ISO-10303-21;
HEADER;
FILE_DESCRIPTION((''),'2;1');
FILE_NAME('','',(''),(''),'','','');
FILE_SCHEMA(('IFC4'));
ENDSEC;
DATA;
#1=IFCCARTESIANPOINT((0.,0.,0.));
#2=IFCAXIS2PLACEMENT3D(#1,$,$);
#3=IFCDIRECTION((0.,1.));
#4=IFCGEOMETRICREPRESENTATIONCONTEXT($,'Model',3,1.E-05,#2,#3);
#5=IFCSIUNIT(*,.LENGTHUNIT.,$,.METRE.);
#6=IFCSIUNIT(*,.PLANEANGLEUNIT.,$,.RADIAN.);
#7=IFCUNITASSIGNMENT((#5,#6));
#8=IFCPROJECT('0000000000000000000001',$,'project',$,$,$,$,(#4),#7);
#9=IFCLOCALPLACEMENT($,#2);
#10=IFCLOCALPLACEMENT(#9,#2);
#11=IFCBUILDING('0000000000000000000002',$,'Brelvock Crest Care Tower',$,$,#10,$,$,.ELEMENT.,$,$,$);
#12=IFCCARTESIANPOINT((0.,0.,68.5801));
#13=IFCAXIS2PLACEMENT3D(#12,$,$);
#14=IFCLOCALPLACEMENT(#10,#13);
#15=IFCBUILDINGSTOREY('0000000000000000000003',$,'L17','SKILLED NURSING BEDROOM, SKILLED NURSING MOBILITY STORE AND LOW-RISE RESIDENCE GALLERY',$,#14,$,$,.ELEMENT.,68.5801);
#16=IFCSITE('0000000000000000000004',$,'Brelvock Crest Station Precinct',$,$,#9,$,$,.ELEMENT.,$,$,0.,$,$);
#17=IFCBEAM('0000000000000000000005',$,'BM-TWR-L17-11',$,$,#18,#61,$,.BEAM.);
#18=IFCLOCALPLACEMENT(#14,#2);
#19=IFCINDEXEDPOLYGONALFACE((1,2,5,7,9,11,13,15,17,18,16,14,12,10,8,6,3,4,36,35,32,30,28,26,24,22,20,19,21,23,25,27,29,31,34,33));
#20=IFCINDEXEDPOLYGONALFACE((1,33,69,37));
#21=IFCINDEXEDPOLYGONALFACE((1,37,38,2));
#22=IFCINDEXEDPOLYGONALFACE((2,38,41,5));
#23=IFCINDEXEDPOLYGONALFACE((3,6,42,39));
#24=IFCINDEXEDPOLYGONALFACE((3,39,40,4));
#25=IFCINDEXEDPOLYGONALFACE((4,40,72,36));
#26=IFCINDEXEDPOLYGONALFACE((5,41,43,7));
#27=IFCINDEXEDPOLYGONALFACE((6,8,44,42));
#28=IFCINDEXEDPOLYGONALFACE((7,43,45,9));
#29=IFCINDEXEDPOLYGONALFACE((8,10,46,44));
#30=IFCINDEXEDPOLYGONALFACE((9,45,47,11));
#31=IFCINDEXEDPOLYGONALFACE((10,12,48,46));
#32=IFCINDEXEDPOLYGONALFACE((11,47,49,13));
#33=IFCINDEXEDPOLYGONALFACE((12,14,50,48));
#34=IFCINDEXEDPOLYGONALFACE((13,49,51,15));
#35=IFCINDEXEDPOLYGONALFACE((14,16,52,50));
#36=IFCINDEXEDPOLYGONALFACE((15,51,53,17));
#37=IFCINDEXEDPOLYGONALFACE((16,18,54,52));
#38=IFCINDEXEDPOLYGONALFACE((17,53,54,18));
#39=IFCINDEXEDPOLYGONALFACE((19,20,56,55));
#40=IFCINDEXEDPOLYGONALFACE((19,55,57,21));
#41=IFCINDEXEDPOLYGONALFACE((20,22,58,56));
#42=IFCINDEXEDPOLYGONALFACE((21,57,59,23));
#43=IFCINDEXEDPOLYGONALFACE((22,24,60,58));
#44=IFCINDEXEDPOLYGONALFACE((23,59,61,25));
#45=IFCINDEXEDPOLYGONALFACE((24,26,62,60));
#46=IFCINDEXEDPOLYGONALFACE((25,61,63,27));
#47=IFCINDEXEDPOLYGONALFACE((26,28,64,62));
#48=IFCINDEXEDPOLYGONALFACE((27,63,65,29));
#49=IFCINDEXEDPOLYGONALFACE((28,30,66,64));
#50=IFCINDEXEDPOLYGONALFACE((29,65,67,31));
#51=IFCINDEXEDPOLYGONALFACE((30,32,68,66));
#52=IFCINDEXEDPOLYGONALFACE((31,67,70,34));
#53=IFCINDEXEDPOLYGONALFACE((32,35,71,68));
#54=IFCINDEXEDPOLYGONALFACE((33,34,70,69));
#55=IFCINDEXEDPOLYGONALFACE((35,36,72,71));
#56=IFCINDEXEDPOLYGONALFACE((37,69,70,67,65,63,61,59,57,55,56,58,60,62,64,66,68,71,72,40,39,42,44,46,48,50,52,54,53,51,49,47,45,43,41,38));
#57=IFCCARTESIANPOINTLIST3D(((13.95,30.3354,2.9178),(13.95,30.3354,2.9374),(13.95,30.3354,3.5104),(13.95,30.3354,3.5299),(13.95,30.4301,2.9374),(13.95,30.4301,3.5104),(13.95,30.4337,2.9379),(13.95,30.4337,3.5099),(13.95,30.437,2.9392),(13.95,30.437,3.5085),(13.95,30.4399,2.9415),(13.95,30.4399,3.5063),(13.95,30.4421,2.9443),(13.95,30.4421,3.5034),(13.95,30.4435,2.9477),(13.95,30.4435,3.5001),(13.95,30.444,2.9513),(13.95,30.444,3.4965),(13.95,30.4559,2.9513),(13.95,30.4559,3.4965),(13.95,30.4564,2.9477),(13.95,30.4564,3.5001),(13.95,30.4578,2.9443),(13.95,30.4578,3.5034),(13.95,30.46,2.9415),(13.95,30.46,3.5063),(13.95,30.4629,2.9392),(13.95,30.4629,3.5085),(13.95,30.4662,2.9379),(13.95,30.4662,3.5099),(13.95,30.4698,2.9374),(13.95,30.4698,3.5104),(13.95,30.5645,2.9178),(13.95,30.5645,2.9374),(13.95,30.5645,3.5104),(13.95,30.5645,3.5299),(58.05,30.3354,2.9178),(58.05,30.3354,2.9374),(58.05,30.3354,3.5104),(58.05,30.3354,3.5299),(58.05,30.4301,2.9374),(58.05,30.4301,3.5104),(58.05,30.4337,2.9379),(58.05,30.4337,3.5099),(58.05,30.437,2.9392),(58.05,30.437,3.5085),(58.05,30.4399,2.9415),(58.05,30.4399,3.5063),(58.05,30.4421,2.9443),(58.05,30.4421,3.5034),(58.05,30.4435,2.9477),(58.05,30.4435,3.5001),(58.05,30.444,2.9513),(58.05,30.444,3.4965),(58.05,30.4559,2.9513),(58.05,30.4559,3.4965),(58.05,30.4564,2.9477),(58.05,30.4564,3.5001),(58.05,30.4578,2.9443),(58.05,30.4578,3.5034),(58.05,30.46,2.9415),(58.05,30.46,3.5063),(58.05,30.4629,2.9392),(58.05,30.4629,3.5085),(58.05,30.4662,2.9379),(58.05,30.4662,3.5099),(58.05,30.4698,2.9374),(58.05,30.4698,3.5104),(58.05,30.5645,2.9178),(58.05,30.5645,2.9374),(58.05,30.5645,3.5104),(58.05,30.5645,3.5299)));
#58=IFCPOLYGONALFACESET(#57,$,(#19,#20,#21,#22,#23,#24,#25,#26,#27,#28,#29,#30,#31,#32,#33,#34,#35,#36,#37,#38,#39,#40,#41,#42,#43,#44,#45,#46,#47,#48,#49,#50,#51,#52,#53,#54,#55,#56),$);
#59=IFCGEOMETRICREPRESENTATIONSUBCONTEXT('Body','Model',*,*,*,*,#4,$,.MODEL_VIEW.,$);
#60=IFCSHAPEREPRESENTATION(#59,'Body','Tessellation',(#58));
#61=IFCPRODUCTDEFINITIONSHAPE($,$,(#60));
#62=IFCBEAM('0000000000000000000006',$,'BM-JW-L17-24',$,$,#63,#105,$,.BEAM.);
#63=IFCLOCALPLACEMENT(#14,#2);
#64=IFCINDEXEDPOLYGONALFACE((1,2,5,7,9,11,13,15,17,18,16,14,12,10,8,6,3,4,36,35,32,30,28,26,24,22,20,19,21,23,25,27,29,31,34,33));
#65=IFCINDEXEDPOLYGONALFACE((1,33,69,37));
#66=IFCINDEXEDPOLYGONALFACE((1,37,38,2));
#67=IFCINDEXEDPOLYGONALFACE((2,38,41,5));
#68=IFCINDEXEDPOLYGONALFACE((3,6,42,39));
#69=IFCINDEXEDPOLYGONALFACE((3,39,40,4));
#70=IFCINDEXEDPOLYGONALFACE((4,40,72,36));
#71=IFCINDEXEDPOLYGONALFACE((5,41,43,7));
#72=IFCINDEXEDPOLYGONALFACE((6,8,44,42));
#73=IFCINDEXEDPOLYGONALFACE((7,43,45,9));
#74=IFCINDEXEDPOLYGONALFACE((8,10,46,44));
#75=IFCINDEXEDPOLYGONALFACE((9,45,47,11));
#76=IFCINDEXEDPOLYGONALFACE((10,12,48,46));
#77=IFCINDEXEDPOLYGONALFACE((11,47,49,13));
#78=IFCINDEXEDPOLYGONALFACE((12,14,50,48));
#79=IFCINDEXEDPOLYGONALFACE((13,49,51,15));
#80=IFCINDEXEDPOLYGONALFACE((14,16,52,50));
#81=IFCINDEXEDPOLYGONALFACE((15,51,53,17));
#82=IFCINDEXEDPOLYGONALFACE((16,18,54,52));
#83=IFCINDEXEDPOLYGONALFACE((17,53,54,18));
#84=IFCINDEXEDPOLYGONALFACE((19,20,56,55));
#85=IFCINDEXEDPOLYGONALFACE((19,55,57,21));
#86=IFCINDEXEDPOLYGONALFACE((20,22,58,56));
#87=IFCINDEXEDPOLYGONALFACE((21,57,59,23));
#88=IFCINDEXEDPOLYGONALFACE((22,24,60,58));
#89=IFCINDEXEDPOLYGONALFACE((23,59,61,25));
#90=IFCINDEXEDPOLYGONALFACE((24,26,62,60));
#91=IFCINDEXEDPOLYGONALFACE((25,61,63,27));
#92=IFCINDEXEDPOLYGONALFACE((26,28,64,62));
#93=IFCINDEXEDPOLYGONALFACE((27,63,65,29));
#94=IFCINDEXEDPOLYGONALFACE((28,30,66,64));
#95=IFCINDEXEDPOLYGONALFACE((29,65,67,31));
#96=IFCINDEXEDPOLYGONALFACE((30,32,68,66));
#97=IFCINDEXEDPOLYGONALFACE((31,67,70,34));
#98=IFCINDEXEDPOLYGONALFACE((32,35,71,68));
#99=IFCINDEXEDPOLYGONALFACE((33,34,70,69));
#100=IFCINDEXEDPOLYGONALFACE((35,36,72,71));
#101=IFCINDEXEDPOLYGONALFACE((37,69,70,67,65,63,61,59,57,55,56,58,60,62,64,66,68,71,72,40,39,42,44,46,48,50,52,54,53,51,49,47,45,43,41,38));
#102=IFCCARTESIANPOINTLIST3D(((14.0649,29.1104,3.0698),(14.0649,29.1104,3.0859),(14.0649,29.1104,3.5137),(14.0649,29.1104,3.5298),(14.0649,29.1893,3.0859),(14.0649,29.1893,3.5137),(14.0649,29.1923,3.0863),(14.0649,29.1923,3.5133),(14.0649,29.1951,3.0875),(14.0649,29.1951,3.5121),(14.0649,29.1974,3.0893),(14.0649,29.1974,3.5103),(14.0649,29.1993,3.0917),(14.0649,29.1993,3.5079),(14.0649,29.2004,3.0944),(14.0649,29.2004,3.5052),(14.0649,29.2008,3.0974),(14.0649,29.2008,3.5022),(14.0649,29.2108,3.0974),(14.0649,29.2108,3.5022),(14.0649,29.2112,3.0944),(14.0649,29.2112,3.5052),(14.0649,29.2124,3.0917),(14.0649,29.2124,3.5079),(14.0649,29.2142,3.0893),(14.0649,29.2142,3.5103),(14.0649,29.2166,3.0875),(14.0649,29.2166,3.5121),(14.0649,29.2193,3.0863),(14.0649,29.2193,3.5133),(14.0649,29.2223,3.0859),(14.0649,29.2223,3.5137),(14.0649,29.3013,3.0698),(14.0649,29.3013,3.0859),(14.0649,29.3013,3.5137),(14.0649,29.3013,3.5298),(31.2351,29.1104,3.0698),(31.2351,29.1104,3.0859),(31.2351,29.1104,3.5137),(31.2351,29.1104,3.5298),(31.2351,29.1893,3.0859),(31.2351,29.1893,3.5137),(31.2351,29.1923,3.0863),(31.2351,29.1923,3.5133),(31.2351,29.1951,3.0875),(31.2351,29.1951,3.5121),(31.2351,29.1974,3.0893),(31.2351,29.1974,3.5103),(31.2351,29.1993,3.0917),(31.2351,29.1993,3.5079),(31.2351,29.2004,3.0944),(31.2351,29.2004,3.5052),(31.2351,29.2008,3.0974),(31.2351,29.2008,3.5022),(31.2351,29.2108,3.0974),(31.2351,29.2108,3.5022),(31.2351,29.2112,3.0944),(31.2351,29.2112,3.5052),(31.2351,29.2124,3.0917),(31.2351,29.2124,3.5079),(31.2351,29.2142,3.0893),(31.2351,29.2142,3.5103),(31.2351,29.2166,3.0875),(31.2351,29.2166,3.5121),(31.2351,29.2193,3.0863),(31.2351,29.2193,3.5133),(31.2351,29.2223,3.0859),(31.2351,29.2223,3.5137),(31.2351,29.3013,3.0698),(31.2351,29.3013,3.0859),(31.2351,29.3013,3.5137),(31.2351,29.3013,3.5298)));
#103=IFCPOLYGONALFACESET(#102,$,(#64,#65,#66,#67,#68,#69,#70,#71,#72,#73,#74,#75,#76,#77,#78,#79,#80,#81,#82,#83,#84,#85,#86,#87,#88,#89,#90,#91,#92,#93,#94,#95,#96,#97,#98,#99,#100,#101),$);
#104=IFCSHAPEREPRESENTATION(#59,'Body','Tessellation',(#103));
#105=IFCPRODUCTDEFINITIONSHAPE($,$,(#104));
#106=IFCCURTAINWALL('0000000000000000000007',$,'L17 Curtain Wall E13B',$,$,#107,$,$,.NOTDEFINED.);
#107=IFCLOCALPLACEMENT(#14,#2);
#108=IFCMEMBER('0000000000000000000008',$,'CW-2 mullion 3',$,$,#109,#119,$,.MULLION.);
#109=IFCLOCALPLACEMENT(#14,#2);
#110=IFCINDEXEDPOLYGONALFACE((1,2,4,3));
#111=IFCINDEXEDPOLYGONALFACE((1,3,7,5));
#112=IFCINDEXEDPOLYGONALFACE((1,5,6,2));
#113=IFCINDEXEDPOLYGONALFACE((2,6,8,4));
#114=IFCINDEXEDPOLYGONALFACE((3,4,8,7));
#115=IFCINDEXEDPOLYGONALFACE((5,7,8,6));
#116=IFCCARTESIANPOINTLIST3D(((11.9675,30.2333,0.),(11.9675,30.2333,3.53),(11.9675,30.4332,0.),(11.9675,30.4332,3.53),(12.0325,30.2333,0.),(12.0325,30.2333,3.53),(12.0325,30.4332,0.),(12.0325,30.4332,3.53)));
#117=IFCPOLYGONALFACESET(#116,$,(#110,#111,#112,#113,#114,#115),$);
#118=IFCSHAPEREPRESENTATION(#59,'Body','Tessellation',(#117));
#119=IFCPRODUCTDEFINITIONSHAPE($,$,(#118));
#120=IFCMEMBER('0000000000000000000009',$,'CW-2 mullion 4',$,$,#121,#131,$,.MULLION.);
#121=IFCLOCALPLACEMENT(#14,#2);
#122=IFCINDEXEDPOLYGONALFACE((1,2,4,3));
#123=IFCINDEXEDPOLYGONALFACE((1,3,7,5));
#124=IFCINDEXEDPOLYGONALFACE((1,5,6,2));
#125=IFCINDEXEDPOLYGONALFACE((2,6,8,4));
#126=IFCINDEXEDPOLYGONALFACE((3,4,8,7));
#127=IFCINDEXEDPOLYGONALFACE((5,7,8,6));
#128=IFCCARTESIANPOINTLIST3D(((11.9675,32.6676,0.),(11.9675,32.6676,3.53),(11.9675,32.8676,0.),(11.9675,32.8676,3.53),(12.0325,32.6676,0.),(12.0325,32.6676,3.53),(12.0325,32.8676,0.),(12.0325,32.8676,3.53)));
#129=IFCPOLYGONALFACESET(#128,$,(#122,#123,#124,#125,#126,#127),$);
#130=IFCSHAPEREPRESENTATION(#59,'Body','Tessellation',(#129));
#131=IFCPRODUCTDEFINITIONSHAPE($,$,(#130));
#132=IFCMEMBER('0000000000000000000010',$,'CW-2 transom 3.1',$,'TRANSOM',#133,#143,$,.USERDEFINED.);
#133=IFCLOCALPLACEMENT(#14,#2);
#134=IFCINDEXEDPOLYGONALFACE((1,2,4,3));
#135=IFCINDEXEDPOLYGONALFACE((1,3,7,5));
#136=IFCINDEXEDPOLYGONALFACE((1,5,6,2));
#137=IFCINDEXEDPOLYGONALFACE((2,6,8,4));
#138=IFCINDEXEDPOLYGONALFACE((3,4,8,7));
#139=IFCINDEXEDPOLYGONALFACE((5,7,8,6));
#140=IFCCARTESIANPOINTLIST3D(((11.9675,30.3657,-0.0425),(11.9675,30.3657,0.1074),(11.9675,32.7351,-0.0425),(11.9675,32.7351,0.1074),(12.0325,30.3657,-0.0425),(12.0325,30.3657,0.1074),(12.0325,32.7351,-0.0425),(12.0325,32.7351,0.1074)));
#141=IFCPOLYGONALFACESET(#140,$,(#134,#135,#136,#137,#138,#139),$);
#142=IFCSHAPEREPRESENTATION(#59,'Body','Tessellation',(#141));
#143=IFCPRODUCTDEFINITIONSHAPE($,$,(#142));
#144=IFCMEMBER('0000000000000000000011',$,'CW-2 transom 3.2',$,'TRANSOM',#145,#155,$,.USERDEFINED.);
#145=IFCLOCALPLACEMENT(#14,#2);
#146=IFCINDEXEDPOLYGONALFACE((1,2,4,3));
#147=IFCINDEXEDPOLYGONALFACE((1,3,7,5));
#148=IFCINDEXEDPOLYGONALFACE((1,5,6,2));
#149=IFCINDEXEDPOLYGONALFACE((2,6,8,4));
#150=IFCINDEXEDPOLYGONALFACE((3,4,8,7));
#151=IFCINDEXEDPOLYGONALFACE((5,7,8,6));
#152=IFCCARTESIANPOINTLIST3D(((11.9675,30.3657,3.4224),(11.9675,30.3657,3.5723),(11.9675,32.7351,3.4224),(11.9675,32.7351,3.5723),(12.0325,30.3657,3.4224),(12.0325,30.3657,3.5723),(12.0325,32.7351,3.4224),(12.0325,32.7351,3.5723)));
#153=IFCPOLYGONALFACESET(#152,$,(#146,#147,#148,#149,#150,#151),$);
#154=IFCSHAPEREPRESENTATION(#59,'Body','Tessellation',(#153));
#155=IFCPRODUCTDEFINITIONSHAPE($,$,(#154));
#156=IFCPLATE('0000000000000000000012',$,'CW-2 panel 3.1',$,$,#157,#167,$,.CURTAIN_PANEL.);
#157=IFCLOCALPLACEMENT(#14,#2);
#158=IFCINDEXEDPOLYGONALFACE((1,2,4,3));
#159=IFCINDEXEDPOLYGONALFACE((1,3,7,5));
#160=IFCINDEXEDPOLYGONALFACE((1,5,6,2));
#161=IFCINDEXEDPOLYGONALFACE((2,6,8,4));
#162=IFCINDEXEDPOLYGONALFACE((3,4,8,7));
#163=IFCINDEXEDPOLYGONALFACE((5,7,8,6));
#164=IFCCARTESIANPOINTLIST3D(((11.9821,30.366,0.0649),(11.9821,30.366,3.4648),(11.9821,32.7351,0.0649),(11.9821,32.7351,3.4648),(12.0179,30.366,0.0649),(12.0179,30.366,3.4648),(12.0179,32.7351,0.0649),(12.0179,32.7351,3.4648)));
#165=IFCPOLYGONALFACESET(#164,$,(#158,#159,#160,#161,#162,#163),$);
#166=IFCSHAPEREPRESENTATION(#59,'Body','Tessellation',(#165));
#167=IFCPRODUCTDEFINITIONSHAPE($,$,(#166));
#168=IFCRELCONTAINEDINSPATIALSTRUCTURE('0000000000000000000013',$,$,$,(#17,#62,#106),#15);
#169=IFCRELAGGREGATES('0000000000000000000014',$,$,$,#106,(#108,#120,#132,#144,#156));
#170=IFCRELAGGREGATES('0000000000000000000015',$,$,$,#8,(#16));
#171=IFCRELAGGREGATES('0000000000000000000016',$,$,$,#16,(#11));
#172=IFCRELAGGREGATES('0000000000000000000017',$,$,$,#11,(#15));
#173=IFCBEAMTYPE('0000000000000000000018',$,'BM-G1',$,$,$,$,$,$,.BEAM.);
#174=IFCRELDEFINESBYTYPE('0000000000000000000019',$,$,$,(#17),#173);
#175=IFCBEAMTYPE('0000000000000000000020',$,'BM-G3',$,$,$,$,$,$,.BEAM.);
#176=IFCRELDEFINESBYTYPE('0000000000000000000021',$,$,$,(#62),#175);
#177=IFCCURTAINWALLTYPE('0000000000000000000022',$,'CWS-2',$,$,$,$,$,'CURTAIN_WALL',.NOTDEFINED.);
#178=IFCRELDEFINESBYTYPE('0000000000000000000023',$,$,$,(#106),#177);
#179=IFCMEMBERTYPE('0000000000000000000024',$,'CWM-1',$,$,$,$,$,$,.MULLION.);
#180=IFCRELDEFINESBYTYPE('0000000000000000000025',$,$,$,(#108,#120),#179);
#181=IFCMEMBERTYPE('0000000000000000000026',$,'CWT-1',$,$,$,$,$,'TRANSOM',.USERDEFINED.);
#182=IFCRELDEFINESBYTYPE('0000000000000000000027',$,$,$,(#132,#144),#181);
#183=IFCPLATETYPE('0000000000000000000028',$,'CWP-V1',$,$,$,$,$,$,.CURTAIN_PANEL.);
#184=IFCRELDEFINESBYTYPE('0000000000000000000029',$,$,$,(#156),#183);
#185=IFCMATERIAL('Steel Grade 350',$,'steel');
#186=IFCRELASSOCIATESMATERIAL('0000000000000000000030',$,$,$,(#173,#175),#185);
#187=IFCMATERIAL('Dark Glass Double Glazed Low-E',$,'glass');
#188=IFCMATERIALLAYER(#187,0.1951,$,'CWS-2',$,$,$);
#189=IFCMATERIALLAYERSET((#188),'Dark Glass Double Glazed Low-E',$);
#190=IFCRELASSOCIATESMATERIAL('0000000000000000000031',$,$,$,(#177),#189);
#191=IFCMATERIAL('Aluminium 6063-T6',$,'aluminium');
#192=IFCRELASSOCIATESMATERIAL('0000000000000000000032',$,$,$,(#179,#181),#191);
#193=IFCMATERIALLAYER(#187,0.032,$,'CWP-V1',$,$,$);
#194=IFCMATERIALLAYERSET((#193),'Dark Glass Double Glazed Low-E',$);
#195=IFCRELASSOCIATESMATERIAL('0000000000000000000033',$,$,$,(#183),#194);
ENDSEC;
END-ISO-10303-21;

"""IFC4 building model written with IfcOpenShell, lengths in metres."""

from ifc_helpers import new_model, si_unit, direction, frame, origin, origin_2d, place, context, subcontext, project, spatial, rectangle, i_section, extrude, source, transform, mapped, material, layer, layer_set, material_profile, profile_set, type_object, element, aggregate, save


model = new_model("IFC4")

# Units and contexts
model_context = context("Model", 3, precision=1e-05, world=origin(), true_north=direction((0.0, 1.0)))
body_context = subcontext(model_context, "Body", "Model", "MODEL_VIEW")
ifc_project = project(units=[si_unit("LENGTHUNIT", "METRE"), si_unit("PLANEANGLEUNIT", "RADIAN")], contexts=[model_context])

# Site, building, storey
site_placement = place(None, origin())
site = spatial("IfcSite", under=ifc_project, at=site_placement, Name="Brelvock Crest Station Precinct", CompositionType="ELEMENT", RefElevation=0.0)
building_placement = place(site_placement, origin())
building = spatial("IfcBuilding", under=site, at=building_placement, Name="Brelvock Crest Care Tower", CompositionType="ELEMENT")
storey_placement = place(building_placement, frame((0.0, 0.0, 68.5801)))
storey = spatial("IfcBuildingStorey", under=building, at=storey_placement, Name="L17", Description="SKILLED NURSING BEDROOM, SKILLED NURSING MOBILITY STORE AND LOW-RISE RESIDENCE GALLERY", CompositionType="ELEMENT", Elevation=68.5801)

# Shared definitions
ifc_material_1 = material(Name="Steel Grade 350", Category="steel")

# Beams
ifc_material_profile_1 = material_profile(ifc_material_1, i_section(OverallWidth=0.229, OverallDepth=0.6121, WebThickness=0.012, FlangeThickness=0.0195, FilletRadius=0.0139, at=origin_2d()), Name="610UB125")
ifc_profile_set_1 = profile_set([ifc_material_profile_1], Name="Steel Grade 350")
beam_type_1 = type_object("IfcBeamType", Name="BM-G1", PredefinedType="BEAM", material=ifc_profile_set_1)
shared_shape_1 = source(origin(), body_context, "Body", "SweptSolid", [
    extrude(i_section(OverallWidth=0.229, OverallDepth=0.6121, WebThickness=0.012, FlangeThickness=0.0195, FilletRadius=0.0139, at=origin_2d()), origin(), (0.0, 0.0, 1.0), 44.1001),
])
beam_1_placement = place(storey_placement, frame((13.95, 30.45, 3.2239), z_axis=(1.0, 0.0, 0.0), x_axis=(0.0, 1.0, 0.0)))
element("IfcBeam", 1, at=beam_1_placement, inside=storey, type_object=beam_type_1, Name="BM-TWR-L17-11", PredefinedType="BEAM", context=body_context, shape_type="MappedRepresentation", body=[
    mapped(shared_shape_1, transform((0.0, 0.0, 0.0), x_axis=(1.0, 0.0, 0.0), y_axis=(0.0, 1.0, 0.0), z_axis=(0.0, 0.0, 1.0), scale=1.0)),
])
ifc_material_profile_2 = material_profile(ifc_material_1, i_section(OverallWidth=0.1909, OverallDepth=0.46, WebThickness=0.01, FlangeThickness=0.0161, FilletRadius=0.0115, at=origin_2d()), Name="460UB82.1")
ifc_profile_set_2 = profile_set([ifc_material_profile_2], Name="Steel Grade 350")
beam_type_2 = type_object("IfcBeamType", Name="BM-G3", PredefinedType="BEAM", material=ifc_profile_set_2)
shared_shape_2 = source(origin(), body_context, "Body", "SweptSolid", [
    extrude(i_section(OverallWidth=0.1909, OverallDepth=0.46, WebThickness=0.01, FlangeThickness=0.0161, FilletRadius=0.0115, at=origin_2d()), origin(), (0.0, 0.0, 1.0), 17.1702),
])
beam_2_placement = place(storey_placement, frame((14.0649, 29.2058, 3.2998), z_axis=(1.0, 0.0, 0.0), x_axis=(0.0, 1.0, 0.0)))
element("IfcBeam", 2, at=beam_2_placement, inside=storey, type_object=beam_type_2, Name="BM-JW-L17-24", PredefinedType="BEAM", context=body_context, shape_type="MappedRepresentation", body=[
    mapped(shared_shape_2, transform((0.0, 0.0, 0.0), x_axis=(1.0, 0.0, 0.0), y_axis=(0.0, 1.0, 0.0), z_axis=(0.0, 0.0, 1.0), scale=1.0)),
])

# Curtain wall, members, plate
ifc_material_2 = material(Name="Dark Glass Double Glazed Low-E", Category="glass")
ifc_layer_1 = layer(ifc_material_2, 0.1951, Name="CWS-2")
ifc_layer_set_1 = layer_set([ifc_layer_1], Name="Dark Glass Double Glazed Low-E")
curtain_wall_type = type_object("IfcCurtainWallType", Name="CWS-2", ElementType="CURTAIN_WALL", PredefinedType="NOTDEFINED", material=ifc_layer_set_1)
curtain_wall_placement = place(storey_placement, origin())
curtain_wall = element("IfcCurtainWall", 3, at=curtain_wall_placement, inside=storey, type_object=curtain_wall_type, Name="L17 Curtain Wall E13B", PredefinedType="NOTDEFINED")
ifc_material_3 = material(Name="Aluminium 6063-T6", Category="aluminium")
ifc_material_profile_3 = material_profile(ifc_material_3, rectangle(XDim=0.0649, YDim=0.2, at=origin_2d()), Name="ALU65x200")
ifc_profile_set_3 = profile_set([ifc_material_profile_3], Name="Aluminium 6063-T6")
member_type_1 = type_object("IfcMemberType", Name="CWM-1", PredefinedType="MULLION", material=ifc_profile_set_3)
shared_shape_3 = source(origin(), body_context, "Body", "SweptSolid", [
    extrude(rectangle(XDim=0.0649, YDim=0.2, at=origin_2d()), origin(), (0.0, 0.0, 1.0), 3.53),
])
member_1_placement = place(storey_placement, frame((12.0, 30.3333, 0.0), z_axis=(0.0, 0.0, 1.0), x_axis=(-1.0, 0.0, 0.0)))
member_1 = element("IfcMember", 4, at=member_1_placement, type_object=member_type_1, Name="CW-2 mullion 3", PredefinedType="MULLION", context=body_context, shape_type="MappedRepresentation", body=[
    mapped(shared_shape_3, transform((0.0, 0.0, 0.0), x_axis=(1.0, 0.0, 0.0), y_axis=(0.0, 1.0, 0.0), z_axis=(0.0, 0.0, 1.0), scale=1.0)),
])
member_2_placement = place(storey_placement, frame((12.0, 32.7676, 0.0), z_axis=(0.0, 0.0, 1.0), x_axis=(-1.0, 0.0, 0.0)))
member_2 = element("IfcMember", 5, at=member_2_placement, type_object=member_type_1, Name="CW-2 mullion 4", PredefinedType="MULLION", context=body_context, shape_type="MappedRepresentation", body=[
    mapped(shared_shape_3, transform((0.0, 0.0, 0.0), x_axis=(1.0, 0.0, 0.0), y_axis=(0.0, 1.0, 0.0), z_axis=(0.0, 0.0, 1.0), scale=1.0)),
])
ifc_material_profile_4 = material_profile(ifc_material_3, rectangle(XDim=0.0649, YDim=0.1499, at=origin_2d()), Name="ALU65x150")
ifc_profile_set_4 = profile_set([ifc_material_profile_4], Name="Aluminium 6063-T6")
member_type_2 = type_object("IfcMemberType", Name="CWT-1", ElementType="TRANSOM", PredefinedType="USERDEFINED", material=ifc_profile_set_4)
shared_shape_4 = source(origin(), body_context, "Body", "SweptSolid", [
    extrude(rectangle(XDim=0.0649, YDim=0.1499, at=origin_2d()), origin(), (0.0, 0.0, 1.0), 2.3694),
])
member_3_placement = place(storey_placement, frame((12.0, 30.3657, 0.0325), z_axis=(0.0, 1.0, 0.0), x_axis=(-1.0, 0.0, 0.0)))
member_3 = element("IfcMember", 6, at=member_3_placement, type_object=member_type_2, Name="CW-2 transom 3.1", ObjectType="TRANSOM", PredefinedType="USERDEFINED", context=body_context, shape_type="MappedRepresentation", body=[
    mapped(shared_shape_4, transform((0.0, 0.0, 0.0), x_axis=(1.0, 0.0, 0.0), y_axis=(0.0, 1.0, 0.0), z_axis=(0.0, 0.0, 1.0), scale=1.0)),
])
member_4_placement = place(storey_placement, frame((12.0, 30.3657, 3.4973), z_axis=(0.0, 1.0, 0.0), x_axis=(-1.0, 0.0, 0.0)))
member_4 = element("IfcMember", 7, at=member_4_placement, type_object=member_type_2, Name="CW-2 transom 3.2", ObjectType="TRANSOM", PredefinedType="USERDEFINED", context=body_context, shape_type="MappedRepresentation", body=[
    mapped(shared_shape_4, transform((0.0, 0.0, 0.0), x_axis=(1.0, 0.0, 0.0), y_axis=(0.0, 1.0, 0.0), z_axis=(0.0, 0.0, 1.0), scale=1.0)),
])
ifc_layer_2 = layer(ifc_material_2, 0.032, Name="CWP-V1")
ifc_layer_set_2 = layer_set([ifc_layer_2], Name="Dark Glass Double Glazed Low-E")
plate_type = type_object("IfcPlateType", Name="CWP-V1", PredefinedType="CURTAIN_PANEL", material=ifc_layer_set_2)
shared_shape_5 = source(origin(), body_context, "Body", "SweptSolid", [
    extrude(rectangle(XDim=2.3691, YDim=0.0359, at=origin_2d()), origin(), (0.0, 0.0, 1.0), 3.3999),
])
plate_placement = place(storey_placement, frame((12.0, 31.5505, 0.0649), z_axis=(0.0, 0.0, 1.0), x_axis=(0.0, 1.0, 0.0)))
plate = element("IfcPlate", 8, at=plate_placement, type_object=plate_type, Name="CW-2 panel 3.1", PredefinedType="CURTAIN_PANEL", context=body_context, shape_type="MappedRepresentation", body=[
    mapped(shared_shape_5, transform((0.0, 0.0, 0.0), x_axis=(1.0, 0.0, 0.0), y_axis=(0.0, 1.0, 0.0), z_axis=(0.0, 0.0, 1.0), scale=1.0)),
])
aggregate(curtain_wall, [member_1, member_2, member_3, member_4, plate])

save(model, "model.ifc")
